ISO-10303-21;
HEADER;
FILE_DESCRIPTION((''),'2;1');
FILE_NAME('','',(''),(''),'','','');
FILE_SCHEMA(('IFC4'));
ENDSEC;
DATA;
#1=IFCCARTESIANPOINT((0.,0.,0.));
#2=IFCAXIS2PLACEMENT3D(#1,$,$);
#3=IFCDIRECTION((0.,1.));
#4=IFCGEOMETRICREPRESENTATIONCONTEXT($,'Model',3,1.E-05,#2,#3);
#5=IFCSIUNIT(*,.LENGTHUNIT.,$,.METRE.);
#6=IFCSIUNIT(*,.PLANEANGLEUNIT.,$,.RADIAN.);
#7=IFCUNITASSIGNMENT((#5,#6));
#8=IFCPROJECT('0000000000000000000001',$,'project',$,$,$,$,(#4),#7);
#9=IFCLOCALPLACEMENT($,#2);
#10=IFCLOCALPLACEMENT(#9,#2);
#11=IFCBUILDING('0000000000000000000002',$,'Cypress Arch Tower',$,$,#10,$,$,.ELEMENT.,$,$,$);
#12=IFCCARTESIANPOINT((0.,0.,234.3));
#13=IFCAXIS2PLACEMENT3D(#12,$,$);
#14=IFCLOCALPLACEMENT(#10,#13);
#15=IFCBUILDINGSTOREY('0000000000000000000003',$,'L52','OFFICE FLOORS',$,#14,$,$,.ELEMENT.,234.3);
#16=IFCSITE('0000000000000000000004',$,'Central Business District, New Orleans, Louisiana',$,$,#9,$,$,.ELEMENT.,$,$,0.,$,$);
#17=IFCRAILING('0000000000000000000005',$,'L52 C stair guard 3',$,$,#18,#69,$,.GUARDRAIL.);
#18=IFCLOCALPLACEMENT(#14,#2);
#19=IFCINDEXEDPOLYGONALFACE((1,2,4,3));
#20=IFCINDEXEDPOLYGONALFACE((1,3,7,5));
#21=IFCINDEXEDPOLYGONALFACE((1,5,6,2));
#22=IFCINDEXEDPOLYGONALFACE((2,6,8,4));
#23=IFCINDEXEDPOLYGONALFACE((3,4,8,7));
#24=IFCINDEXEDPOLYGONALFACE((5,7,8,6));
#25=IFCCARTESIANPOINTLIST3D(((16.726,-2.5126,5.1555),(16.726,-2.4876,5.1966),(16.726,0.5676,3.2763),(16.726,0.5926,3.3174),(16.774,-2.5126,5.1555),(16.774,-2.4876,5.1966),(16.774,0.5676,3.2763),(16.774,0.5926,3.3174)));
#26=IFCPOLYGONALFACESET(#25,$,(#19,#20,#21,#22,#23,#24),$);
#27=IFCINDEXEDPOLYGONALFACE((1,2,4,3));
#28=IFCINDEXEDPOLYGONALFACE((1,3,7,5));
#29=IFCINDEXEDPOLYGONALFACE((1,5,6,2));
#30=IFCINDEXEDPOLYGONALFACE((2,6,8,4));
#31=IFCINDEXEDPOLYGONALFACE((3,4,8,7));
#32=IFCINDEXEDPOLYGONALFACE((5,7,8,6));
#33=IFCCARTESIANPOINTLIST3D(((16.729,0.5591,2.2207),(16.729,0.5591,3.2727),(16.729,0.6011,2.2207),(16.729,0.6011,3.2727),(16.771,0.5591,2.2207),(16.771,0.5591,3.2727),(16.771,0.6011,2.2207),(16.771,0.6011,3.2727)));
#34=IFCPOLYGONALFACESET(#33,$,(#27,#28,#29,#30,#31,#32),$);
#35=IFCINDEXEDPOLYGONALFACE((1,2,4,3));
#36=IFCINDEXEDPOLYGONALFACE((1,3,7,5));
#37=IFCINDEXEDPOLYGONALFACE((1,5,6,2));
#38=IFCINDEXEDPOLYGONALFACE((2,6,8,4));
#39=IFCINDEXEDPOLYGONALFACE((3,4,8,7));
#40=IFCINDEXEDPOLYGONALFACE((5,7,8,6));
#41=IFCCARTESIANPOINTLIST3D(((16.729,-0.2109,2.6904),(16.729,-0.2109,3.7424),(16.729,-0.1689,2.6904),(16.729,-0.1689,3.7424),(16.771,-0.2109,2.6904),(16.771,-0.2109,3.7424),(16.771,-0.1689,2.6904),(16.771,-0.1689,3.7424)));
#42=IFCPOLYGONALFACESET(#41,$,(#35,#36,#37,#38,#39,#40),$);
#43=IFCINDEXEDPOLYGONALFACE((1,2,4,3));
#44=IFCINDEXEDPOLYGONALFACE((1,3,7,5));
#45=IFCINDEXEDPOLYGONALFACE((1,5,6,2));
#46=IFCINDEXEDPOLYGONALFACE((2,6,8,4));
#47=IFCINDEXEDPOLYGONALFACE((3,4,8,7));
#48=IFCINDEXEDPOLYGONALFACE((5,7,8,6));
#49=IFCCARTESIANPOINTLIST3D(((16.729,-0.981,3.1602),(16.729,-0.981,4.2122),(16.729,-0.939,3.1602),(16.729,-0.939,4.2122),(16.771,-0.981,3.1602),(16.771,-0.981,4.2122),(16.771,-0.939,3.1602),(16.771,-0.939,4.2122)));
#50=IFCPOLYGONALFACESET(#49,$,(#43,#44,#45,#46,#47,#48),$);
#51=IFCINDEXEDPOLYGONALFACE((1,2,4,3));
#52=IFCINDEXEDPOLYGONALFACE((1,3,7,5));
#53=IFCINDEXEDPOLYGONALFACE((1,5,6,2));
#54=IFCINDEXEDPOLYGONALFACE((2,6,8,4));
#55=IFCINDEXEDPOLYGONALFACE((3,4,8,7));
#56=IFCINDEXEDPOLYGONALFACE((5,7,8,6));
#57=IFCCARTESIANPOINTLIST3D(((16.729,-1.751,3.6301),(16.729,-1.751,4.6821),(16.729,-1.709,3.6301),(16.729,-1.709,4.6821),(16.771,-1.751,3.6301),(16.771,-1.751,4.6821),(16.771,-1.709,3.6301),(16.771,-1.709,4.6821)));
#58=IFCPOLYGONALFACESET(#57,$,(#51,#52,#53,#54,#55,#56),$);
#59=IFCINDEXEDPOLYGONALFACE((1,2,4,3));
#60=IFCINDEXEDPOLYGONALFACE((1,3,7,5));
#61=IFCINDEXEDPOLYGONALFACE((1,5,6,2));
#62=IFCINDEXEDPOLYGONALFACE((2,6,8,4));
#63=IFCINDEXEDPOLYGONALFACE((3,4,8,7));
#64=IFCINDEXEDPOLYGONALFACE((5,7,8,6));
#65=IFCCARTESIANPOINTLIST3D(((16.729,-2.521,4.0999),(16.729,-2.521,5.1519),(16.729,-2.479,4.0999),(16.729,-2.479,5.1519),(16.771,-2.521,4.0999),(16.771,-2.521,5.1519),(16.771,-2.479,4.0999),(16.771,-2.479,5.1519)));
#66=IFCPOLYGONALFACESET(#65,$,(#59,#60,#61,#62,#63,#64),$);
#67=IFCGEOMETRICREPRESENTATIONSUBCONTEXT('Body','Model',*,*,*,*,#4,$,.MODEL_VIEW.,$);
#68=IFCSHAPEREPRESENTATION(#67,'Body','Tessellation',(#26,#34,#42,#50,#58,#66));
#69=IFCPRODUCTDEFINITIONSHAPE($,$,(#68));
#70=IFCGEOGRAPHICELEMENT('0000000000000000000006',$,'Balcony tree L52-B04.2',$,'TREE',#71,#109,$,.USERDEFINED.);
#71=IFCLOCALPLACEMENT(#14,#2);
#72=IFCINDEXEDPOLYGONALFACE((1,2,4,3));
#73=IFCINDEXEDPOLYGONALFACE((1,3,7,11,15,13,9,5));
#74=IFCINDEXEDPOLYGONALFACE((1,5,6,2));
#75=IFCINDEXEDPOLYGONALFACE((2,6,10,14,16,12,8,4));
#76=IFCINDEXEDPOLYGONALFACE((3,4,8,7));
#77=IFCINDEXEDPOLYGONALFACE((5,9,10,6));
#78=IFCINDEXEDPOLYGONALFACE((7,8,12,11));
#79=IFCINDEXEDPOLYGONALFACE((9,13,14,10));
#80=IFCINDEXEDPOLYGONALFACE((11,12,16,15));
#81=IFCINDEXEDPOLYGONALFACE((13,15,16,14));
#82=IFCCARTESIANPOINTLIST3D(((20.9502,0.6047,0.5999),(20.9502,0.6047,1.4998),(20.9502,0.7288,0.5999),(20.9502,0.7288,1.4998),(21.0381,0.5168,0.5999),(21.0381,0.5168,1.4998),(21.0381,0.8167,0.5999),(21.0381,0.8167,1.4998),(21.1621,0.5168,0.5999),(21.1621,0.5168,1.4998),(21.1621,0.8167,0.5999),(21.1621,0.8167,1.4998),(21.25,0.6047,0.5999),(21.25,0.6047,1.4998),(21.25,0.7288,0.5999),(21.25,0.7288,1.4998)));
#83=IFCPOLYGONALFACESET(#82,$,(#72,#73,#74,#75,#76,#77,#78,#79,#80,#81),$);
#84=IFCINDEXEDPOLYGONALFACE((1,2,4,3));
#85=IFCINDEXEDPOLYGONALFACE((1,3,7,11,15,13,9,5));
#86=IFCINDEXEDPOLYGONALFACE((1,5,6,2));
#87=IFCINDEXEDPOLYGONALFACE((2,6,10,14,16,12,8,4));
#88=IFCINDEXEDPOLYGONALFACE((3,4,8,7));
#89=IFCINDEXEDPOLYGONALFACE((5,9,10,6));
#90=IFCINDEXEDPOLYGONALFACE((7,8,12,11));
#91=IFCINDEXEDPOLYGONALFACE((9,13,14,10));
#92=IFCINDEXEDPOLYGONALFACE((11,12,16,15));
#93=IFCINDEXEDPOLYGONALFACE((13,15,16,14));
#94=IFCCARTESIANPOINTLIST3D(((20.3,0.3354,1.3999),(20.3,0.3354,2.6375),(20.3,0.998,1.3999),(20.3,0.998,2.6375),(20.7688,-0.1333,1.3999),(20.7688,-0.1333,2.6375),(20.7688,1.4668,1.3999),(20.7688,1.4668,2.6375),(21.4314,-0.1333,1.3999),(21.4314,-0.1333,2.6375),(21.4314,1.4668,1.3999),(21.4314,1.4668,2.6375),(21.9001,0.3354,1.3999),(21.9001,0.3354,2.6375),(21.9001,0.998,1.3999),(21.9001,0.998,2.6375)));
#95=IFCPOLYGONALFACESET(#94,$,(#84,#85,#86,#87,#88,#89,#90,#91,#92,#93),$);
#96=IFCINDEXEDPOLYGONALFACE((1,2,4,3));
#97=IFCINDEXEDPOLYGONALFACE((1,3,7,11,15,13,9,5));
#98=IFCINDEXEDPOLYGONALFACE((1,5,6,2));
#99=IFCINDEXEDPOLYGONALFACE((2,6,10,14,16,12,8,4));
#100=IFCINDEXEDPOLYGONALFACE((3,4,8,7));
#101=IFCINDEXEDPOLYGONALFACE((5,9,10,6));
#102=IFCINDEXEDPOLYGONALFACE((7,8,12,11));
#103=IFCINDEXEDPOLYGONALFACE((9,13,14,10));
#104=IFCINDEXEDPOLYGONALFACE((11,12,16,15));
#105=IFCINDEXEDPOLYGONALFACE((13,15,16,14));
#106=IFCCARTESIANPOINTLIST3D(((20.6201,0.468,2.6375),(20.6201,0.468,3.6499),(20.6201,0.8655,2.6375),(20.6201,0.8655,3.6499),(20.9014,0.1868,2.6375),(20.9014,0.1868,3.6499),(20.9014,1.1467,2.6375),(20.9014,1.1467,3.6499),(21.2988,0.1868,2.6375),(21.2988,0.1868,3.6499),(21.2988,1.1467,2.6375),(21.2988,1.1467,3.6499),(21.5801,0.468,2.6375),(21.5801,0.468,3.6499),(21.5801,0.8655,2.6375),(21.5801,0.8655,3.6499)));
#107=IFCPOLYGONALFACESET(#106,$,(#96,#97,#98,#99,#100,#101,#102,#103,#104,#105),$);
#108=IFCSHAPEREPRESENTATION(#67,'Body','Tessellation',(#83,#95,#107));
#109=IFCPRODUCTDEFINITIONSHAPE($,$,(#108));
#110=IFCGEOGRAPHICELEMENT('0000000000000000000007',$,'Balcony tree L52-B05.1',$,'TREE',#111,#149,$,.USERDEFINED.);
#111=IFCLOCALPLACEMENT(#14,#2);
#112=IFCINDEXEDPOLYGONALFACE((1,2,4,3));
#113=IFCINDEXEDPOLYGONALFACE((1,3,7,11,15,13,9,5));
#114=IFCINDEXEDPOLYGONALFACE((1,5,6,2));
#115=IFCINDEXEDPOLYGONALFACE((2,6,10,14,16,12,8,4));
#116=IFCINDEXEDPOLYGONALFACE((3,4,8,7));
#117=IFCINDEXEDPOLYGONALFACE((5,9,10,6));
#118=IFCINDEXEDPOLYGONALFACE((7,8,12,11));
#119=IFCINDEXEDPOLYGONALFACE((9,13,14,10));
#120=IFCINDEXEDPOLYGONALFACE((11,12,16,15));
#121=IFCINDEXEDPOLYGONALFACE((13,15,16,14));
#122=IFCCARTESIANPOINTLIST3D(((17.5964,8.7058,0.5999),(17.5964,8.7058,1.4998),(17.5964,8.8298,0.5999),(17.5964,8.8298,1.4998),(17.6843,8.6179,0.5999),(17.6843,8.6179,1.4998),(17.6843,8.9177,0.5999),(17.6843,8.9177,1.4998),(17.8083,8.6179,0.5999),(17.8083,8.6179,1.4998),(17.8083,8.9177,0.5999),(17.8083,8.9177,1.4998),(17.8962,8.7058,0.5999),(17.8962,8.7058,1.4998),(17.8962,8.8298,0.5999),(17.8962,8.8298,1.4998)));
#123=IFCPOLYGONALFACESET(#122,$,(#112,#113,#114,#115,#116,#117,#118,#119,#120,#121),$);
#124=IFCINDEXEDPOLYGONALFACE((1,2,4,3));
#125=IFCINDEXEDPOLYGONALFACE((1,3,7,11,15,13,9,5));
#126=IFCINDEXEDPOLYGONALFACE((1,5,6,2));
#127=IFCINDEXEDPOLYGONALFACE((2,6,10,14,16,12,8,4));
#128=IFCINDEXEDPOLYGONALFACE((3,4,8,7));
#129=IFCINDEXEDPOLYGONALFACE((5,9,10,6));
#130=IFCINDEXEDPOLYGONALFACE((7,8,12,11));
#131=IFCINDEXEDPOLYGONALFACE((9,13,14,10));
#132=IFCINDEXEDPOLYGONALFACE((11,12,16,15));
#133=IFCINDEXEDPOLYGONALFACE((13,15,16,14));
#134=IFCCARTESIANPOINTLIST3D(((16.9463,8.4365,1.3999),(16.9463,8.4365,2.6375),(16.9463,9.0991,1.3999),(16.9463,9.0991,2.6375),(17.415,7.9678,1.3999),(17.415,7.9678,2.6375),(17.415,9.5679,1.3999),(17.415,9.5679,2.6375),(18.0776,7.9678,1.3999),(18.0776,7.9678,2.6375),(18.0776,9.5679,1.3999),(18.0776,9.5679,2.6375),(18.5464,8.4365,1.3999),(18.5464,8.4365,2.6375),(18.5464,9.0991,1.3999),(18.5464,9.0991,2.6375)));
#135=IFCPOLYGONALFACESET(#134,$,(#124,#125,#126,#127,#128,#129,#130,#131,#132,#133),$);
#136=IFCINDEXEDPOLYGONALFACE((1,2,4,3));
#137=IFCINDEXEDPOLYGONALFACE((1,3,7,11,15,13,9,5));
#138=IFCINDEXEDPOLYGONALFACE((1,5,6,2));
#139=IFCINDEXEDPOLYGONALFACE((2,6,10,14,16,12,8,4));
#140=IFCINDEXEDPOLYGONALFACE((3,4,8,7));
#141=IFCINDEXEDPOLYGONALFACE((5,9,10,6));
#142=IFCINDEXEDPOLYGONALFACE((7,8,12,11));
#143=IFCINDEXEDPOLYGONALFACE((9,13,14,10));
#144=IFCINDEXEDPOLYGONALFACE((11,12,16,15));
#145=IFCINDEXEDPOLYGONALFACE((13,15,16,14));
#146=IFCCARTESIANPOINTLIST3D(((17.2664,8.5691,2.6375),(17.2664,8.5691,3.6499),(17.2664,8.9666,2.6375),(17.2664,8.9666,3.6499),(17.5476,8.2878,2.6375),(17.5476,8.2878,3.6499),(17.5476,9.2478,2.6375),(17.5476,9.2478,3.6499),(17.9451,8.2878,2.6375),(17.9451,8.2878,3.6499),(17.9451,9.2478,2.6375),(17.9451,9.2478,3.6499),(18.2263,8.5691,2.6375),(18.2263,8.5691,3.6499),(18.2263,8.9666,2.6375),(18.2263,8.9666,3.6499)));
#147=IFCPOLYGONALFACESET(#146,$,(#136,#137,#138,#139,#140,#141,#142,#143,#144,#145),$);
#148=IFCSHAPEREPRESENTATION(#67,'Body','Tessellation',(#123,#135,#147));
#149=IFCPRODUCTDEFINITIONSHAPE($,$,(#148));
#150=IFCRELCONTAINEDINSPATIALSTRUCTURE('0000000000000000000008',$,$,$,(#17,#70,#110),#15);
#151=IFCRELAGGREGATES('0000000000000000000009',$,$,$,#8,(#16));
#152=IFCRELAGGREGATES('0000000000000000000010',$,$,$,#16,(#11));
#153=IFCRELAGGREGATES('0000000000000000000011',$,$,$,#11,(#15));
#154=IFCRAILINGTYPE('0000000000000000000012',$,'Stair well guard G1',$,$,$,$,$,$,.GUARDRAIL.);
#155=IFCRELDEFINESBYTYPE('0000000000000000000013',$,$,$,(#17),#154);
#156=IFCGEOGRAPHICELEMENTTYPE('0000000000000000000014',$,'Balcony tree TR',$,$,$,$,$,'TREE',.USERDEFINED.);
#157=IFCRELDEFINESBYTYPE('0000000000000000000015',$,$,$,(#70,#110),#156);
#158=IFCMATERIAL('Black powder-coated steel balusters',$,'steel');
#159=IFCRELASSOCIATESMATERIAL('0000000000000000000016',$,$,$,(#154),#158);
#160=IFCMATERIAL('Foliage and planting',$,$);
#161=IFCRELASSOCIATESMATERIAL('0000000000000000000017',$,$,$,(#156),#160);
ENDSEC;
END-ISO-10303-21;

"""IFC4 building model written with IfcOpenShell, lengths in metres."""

from ifc_helpers import new_model, si_unit, direction, frame, origin, origin_2d, place, context, subcontext, project, spatial, polyline, rectangle, outline, extrude, material, type_object, element, save


model = new_model("IFC4")

# Units and contexts
model_context = context("Model", 3, precision=1e-05, world=origin(), true_north=direction((0.0, 1.0)))
body_context = subcontext(model_context, "Body", "Model", "MODEL_VIEW")
ifc_project = project(units=[si_unit("LENGTHUNIT", "METRE"), si_unit("PLANEANGLEUNIT", "RADIAN")], contexts=[model_context])

# Site, building, storey
site_placement = place(None, origin())
site = spatial("IfcSite", under=ifc_project, at=site_placement, Name="Central Business District, New Orleans, Louisiana", CompositionType="ELEMENT", RefElevation=0.0)
building_placement = place(site_placement, origin())
building = spatial("IfcBuilding", under=site, at=building_placement, Name="Cypress Arch Tower", CompositionType="ELEMENT")
storey_placement = place(building_placement, frame((0.0, 0.0, 234.3)))
storey = spatial("IfcBuildingStorey", under=building, at=storey_placement, Name="L52", Description="OFFICE FLOORS", CompositionType="ELEMENT", Elevation=234.3)

# Railing
ifc_material_1 = material(Name="Black powder-coated steel balusters", Category="steel")
railing_type_1 = type_object("IfcRailingType", Name="Stair well guard G1", PredefinedType="GUARDRAIL", material=ifc_material_1)
railing_1_placement = place(storey_placement, frame((16.75, 0.5801, 2.2207)))
element("IfcRailing", 1, at=railing_1_placement, inside=storey, type_object=railing_type_1, Name="L52 C stair guard 3", PredefinedType="GUARDRAIL", context=body_context, shape_type="SweptSolid", body=[
    extrude(rectangle(XDim=0.0481, YDim=0.0481, at=origin_2d()), frame((0.0, 0.0, 1.0762), z_axis=(0.0, -0.853666, 0.52082), x_axis=(1.0, 0.0, 0.0)), (0.0, 0.0, 1.0), 3.6082),
    extrude(rectangle(XDim=0.042, YDim=0.042, at=origin_2d()), origin(), (0.0, 0.0, 1.0), 1.052),
    extrude(rectangle(XDim=0.042, YDim=0.042, at=origin_2d()), frame((0.0, -0.77, 0.4697)), (0.0, 0.0, 1.0), 1.052),
    extrude(rectangle(XDim=0.042, YDim=0.042, at=origin_2d()), frame((0.0, -1.54, 0.9395)), (0.0, 0.0, 1.0), 1.052),
    extrude(rectangle(XDim=0.042, YDim=0.042, at=origin_2d()), frame((0.0, -2.3101, 1.4094)), (0.0, 0.0, 1.0), 1.052),
    extrude(rectangle(XDim=0.042, YDim=0.042, at=origin_2d()), frame((0.0, -3.0801, 1.8792)), (0.0, 0.0, 1.0), 1.052),
])

# Geographic elements
ifc_material_2 = material(Name="Foliage and planting")
geographic_element_type = type_object("IfcGeographicElementType", Name="Balcony tree TR", ElementType="TREE", PredefinedType="USERDEFINED", material=ifc_material_2)
for number, where, z_axis, x_axis, name in (
    (2, (21.1001, 0.6667, 0.5999), (0.0, 0.0, 1.0), (1.0, 0.0, 0.0), "Balcony tree L52-B04.2"),
    (3, (17.7463, 8.7678, 0.5999), (0.0, 0.0, 1.0), (1.0, 0.0, 0.0), "Balcony tree L52-B05.1"),
):
    element("IfcGeographicElement", number, at=place(storey_placement, frame(where, z_axis=z_axis, x_axis=x_axis)), inside=storey, type_object=geographic_element_type, Name=name, ObjectType="TREE", PredefinedType="USERDEFINED", context=body_context, shape_type="SweptSolid", body=[
        extrude(outline(polyline([(0.1499, 0.062), (0.062, 0.1499), (-0.062, 0.1499), (-0.1499, 0.062), (-0.1499, -0.062), (-0.062, -0.1499), (0.062, -0.1499), (0.1499, -0.062), (0.1499, 0.062)])), origin(), (0.0, 0.0, 1.0), 0.8999),
        extrude(outline(polyline([(0.8, 0.3313), (0.3313, 0.8), (-0.3313, 0.8), (-0.8, 0.3313), (-0.8, -0.3313), (-0.3313, -0.8), (0.3313, -0.8), (0.8, -0.3313), (0.8, 0.3313)])), frame((0.0, 0.0, 0.8)), (0.0, 0.0, 1.0), 1.2375),
        extrude(outline(polyline([(0.48, 0.1987), (0.1987, 0.48), (-0.1987, 0.48), (-0.48, 0.1987), (-0.48, -0.1987), (-0.1987, -0.48), (0.1987, -0.48), (0.48, -0.1987), (0.48, 0.1987)])), frame((0.0, 0.0, 2.0376)), (0.0, 0.0, 1.0), 1.0125),
    ])

save(model, "model.ifc")
